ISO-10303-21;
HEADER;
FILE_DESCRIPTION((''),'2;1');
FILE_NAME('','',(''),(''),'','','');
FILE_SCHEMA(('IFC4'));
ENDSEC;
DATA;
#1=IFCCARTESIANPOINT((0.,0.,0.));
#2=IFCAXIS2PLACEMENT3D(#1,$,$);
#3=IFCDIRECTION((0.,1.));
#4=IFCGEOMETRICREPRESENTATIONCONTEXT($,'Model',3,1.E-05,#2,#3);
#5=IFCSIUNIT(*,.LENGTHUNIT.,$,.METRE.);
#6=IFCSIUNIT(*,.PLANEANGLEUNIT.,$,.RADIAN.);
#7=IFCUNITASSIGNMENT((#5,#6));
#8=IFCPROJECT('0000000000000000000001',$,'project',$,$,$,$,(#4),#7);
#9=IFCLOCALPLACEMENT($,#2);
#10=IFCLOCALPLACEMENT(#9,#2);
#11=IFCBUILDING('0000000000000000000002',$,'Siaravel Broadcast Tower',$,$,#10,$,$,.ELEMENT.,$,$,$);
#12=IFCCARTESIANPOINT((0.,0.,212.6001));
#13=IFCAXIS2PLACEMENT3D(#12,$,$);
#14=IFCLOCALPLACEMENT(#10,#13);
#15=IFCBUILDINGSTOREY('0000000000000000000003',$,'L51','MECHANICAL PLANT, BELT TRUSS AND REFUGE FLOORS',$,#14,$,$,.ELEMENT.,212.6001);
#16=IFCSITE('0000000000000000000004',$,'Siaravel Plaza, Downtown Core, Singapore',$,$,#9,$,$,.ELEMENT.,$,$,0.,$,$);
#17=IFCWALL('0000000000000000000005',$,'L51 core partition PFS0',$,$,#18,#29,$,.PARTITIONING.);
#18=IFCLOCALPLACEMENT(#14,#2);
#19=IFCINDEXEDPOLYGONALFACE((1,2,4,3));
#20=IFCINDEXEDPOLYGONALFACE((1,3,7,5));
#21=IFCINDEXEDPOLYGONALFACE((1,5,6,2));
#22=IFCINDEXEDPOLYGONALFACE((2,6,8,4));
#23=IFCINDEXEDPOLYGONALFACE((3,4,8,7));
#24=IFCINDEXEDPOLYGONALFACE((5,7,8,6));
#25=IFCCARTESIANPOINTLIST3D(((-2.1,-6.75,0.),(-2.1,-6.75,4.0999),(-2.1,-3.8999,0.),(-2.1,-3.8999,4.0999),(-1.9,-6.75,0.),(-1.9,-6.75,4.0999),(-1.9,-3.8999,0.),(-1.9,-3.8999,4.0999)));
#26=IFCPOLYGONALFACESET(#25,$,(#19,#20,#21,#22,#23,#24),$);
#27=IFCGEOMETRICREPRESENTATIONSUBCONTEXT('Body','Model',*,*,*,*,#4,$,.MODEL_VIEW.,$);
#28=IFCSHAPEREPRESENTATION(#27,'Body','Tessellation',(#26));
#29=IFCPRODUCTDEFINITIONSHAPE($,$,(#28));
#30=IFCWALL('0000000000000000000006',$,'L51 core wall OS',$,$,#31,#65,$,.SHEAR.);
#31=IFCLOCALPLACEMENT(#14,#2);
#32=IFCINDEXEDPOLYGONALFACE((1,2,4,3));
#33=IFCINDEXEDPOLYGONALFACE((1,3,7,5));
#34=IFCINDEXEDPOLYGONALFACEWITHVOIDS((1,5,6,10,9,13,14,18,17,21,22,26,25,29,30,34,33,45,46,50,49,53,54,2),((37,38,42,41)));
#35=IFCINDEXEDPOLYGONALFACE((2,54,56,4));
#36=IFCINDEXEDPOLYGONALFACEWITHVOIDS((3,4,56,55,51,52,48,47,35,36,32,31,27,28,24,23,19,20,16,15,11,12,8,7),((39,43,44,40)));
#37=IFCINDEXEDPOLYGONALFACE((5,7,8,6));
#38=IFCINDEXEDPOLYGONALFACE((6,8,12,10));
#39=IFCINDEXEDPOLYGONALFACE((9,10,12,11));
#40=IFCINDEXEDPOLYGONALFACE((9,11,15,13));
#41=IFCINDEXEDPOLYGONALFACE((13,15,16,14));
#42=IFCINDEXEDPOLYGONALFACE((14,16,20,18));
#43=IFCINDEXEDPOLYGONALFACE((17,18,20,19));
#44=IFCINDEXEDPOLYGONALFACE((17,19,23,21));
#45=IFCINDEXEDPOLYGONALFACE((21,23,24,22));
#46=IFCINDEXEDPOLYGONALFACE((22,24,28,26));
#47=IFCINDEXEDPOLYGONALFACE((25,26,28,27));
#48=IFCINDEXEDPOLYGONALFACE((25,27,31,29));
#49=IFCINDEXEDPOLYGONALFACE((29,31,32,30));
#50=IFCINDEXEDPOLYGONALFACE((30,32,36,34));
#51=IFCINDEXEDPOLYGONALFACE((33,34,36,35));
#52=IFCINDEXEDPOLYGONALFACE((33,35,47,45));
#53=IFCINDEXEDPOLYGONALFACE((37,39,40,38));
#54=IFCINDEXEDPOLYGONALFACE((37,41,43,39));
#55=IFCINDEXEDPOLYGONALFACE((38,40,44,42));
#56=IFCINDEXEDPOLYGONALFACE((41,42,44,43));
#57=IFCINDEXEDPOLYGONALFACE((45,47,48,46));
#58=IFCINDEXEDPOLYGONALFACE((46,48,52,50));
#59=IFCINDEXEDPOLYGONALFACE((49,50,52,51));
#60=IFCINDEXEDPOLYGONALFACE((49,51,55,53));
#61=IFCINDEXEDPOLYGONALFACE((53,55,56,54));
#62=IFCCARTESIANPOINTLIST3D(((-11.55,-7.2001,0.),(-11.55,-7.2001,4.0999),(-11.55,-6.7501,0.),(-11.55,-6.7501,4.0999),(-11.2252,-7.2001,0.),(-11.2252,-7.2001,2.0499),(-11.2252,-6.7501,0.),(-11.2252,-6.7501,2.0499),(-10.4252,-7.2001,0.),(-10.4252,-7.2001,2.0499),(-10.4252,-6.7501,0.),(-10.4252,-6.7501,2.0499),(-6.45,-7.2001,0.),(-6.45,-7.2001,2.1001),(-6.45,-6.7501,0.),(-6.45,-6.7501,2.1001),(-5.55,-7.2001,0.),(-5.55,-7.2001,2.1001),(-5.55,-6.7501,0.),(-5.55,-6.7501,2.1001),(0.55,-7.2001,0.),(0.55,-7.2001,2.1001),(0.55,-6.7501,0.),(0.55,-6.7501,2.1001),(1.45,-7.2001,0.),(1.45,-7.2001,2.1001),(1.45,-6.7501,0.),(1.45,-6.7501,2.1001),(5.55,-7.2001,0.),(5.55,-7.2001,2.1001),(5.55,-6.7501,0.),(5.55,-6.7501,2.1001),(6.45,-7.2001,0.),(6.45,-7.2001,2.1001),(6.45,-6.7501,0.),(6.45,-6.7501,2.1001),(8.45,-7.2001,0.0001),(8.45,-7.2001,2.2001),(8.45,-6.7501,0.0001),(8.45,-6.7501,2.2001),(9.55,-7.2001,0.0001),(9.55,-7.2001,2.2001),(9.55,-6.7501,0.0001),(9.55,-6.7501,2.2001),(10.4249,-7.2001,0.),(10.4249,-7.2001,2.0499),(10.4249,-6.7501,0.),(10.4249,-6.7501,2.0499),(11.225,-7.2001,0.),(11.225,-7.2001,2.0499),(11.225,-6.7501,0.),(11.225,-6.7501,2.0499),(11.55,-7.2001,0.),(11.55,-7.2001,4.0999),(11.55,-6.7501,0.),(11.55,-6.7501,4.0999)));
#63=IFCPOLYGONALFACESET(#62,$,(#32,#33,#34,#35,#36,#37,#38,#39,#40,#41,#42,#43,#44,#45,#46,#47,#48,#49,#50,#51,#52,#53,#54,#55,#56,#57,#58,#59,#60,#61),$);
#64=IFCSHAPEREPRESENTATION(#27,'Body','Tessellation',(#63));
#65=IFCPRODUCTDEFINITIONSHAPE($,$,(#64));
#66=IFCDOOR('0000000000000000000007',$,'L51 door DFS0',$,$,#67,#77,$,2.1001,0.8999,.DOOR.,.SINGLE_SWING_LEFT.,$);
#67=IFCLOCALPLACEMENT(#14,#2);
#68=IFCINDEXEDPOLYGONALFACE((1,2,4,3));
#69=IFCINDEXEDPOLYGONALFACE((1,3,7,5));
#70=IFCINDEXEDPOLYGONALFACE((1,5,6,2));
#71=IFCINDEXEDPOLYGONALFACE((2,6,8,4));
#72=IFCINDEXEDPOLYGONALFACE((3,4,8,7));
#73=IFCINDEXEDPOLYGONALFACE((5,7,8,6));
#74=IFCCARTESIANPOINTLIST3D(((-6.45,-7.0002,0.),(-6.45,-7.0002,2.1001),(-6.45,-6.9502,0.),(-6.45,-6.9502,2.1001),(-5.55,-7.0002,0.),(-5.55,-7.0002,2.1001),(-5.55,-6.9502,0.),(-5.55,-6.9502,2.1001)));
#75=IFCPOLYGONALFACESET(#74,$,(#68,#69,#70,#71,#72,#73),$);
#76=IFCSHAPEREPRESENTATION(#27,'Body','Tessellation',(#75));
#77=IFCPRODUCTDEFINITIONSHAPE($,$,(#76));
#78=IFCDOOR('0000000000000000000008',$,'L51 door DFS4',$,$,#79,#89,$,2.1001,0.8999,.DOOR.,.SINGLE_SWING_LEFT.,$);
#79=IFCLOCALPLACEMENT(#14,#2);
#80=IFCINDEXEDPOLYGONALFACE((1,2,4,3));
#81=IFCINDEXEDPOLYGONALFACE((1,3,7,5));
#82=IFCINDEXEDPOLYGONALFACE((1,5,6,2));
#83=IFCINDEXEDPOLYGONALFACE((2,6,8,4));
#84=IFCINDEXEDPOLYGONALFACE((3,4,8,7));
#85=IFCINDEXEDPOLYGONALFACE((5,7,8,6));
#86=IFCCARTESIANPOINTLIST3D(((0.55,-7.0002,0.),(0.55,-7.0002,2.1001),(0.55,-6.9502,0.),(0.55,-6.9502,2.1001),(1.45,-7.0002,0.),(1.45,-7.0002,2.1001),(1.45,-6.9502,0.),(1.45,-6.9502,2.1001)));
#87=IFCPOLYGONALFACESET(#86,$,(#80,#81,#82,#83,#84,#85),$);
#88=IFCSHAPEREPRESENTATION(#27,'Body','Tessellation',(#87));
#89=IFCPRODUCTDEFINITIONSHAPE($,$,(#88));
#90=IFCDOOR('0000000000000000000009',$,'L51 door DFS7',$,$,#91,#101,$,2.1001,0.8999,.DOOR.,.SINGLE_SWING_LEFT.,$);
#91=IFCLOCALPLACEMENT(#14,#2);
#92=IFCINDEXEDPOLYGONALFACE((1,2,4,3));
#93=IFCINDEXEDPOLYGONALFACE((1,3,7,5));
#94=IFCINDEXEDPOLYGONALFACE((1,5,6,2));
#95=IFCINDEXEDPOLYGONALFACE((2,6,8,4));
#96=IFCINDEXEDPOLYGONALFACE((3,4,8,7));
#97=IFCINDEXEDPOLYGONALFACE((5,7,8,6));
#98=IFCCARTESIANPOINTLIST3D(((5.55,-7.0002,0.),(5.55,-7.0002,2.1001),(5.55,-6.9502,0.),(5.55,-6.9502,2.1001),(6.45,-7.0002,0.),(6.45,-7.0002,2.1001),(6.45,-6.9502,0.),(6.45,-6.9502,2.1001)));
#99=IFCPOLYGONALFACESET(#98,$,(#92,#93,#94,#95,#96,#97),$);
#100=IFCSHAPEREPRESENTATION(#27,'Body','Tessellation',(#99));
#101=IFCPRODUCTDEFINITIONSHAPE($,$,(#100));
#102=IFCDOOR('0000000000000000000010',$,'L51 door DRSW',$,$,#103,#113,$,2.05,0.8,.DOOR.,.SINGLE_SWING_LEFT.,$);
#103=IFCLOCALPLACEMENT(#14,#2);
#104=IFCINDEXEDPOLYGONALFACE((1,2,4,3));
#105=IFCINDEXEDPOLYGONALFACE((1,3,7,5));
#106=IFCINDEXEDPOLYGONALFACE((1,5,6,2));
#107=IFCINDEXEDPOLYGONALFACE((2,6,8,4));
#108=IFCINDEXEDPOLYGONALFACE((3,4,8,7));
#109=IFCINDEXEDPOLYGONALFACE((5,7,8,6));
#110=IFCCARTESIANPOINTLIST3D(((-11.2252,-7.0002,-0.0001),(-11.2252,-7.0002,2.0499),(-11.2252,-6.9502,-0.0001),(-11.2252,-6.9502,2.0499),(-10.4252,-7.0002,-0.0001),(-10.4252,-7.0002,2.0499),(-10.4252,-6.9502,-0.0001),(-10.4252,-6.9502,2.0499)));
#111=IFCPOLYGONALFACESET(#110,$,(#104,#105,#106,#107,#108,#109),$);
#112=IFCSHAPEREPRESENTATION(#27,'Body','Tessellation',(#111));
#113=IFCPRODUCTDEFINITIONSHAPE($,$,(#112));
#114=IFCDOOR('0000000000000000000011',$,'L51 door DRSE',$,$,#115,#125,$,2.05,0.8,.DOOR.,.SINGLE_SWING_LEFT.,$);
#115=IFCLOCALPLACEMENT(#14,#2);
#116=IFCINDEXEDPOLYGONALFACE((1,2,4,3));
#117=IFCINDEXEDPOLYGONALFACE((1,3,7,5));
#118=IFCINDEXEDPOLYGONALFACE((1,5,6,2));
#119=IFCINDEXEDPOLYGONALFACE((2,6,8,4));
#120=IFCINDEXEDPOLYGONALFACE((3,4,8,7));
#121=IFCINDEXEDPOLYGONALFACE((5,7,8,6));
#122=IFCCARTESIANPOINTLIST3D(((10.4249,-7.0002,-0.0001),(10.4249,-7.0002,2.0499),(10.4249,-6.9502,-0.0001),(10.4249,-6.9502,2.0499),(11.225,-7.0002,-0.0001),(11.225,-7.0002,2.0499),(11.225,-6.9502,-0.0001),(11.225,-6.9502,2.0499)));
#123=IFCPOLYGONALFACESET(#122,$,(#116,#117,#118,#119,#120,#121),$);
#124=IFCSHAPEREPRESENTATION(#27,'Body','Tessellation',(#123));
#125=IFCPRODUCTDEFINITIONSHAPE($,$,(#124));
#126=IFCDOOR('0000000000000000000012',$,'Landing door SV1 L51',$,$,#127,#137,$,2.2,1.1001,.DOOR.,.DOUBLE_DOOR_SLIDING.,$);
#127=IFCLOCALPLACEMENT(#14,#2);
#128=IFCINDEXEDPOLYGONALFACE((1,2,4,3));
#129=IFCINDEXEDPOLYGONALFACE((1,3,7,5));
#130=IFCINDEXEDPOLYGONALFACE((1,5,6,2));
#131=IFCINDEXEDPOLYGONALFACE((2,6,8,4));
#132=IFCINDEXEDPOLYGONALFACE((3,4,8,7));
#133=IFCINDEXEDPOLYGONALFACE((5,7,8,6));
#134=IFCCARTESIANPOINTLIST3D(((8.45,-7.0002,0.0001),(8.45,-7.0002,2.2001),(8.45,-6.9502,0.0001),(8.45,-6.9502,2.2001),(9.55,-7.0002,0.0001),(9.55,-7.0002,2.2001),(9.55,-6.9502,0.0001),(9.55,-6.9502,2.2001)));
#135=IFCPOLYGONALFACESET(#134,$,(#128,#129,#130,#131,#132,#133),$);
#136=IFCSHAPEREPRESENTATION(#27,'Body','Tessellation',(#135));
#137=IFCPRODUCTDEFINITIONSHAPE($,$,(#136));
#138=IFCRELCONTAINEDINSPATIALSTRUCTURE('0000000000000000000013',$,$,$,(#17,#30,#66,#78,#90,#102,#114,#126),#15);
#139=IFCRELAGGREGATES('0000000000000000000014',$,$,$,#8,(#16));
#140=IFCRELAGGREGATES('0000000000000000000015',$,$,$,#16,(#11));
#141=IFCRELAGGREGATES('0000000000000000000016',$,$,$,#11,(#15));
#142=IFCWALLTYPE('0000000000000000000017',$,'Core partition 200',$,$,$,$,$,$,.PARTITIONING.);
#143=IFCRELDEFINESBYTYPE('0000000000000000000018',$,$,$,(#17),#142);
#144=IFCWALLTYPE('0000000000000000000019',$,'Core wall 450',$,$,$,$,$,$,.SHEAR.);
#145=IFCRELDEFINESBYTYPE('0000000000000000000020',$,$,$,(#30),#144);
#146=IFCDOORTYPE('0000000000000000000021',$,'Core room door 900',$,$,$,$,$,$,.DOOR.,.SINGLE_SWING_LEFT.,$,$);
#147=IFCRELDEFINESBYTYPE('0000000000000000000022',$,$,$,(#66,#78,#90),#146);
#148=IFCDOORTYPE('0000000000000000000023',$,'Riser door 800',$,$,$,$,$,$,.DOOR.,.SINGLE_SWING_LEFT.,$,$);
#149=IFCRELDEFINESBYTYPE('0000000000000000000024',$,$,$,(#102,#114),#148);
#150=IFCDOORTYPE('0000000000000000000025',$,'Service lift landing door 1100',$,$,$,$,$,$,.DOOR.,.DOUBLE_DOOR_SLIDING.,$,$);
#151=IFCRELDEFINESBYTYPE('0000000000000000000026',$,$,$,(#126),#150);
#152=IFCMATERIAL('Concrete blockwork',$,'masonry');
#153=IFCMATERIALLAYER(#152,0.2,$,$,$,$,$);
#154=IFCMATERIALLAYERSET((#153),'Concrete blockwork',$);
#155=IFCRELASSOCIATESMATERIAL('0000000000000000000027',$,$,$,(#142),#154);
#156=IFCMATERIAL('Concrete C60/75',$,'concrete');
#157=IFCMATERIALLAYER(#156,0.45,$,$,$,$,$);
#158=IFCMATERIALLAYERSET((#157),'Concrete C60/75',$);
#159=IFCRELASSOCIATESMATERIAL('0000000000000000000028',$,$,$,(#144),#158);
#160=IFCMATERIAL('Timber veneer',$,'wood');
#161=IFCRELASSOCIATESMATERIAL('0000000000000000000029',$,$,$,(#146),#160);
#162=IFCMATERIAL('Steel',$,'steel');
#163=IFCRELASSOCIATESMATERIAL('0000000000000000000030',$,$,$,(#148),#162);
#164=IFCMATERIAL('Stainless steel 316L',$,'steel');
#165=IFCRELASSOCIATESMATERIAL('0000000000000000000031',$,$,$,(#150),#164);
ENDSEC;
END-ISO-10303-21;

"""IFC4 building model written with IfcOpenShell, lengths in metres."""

from ifc_helpers import new_model, si_unit, direction, frame, frame_2d, origin, place, context, subcontext, project, spatial, rectangle, extrude, material, layer, layer_set, type_object, element, fill, save


model = new_model("IFC4")

# Units and contexts
model_context = context("Model", 3, precision=1e-05, world=origin(), true_north=direction((0.0, 1.0)))
body_context = subcontext(model_context, "Body", "Model", "MODEL_VIEW")
ifc_project = project(units=[si_unit("LENGTHUNIT", "METRE"), si_unit("PLANEANGLEUNIT", "RADIAN")], contexts=[model_context])

# Site, building, storey
site_placement = place(None, origin())
site = spatial("IfcSite", under=ifc_project, at=site_placement, Name="Siaravel Plaza, Downtown Core, Singapore", CompositionType="ELEMENT", RefElevation=0.0)
building_placement = place(site_placement, origin())
building = spatial("IfcBuilding", under=site, at=building_placement, Name="Siaravel Broadcast Tower", CompositionType="ELEMENT")
storey_placement = place(building_placement, frame((0.0, 0.0, 212.6001)))
storey = spatial("IfcBuildingStorey", under=building, at=storey_placement, Name="L51", Description="MECHANICAL PLANT, BELT TRUSS AND REFUGE FLOORS", CompositionType="ELEMENT", Elevation=212.6001)

# Shared definitions
ifc_material_1 = material(Name="Concrete C60/75", Category="concrete")

# Wall
ifc_material_2 = material(Name="Concrete blockwork", Category="masonry")
ifc_layer_1 = layer(ifc_material_2, 0.2)
ifc_layer_set_1 = layer_set([ifc_layer_1], Name="Concrete blockwork")
wall_type_1 = type_object("IfcWallType", Name="Core partition 200", PredefinedType="PARTITIONING", material=ifc_layer_set_1)
wall_1_placement = place(storey_placement, frame((-2.0, -6.75, 0.0), z_axis=(0.0, 0.0, 1.0), x_axis=(0.0, 1.0, 0.0)))
element("IfcWall", 1, at=wall_1_placement, inside=storey, type_object=wall_type_1, Name="L51 core partition PFS0", PredefinedType="PARTITIONING", context=body_context, shape_type="SweptSolid", body=[
    extrude(rectangle(XDim=2.8501, YDim=0.2, at=frame_2d((1.425, 0.0))), origin(), (0.0, 0.0, 1.0), 4.0999),
])

# Wall, openings, doors
ifc_layer_2 = layer(ifc_material_1, 0.45)
ifc_layer_set_2 = layer_set([ifc_layer_2], Name="Concrete C60/75")
wall_type_2 = type_object("IfcWallType", Name="Core wall 450", PredefinedType="SHEAR", material=ifc_layer_set_2)
wall_2_placement = place(storey_placement, frame((-11.55, -6.9751, 0.0), z_axis=(0.0, 0.0, 1.0), x_axis=(1.0, 0.0, 0.0)))
wall_2 = element("IfcWall", 2, at=wall_2_placement, inside=storey, type_object=wall_type_2, Name="L51 core wall OS", PredefinedType="SHEAR", context=body_context, shape_type="SweptSolid", body=[
    extrude(rectangle(XDim=23.1001, YDim=0.45, at=frame_2d((11.55, 0.0))), origin(), (0.0, 0.0, 1.0), 4.0999),
])
opening_1_placement = place(wall_2_placement, frame((20.0, 0.0, 0.0)))
opening_1 = element("IfcOpeningElement", 3, at=opening_1_placement, cuts=wall_2, PredefinedType="OPENING", context=body_context, shape_type="SweptSolid", body=[
    extrude(rectangle(XDim=1.1001, YDim=2.2, at=frame_2d((0.55, 1.1001))), frame((0.0, 0.2349, 0.0), z_axis=(0.0, -1.0, 0.0), x_axis=(1.0, 0.0, 0.0)), (0.0, 0.0, 1.0), 0.47),
])
opening_2_placement = place(wall_2_placement, frame((5.1001, 0.0, 0.0)))
opening_2 = element("IfcOpeningElement", 4, at=opening_2_placement, cuts=wall_2, PredefinedType="OPENING", context=body_context, shape_type="SweptSolid", body=[
    extrude(rectangle(XDim=0.8999, YDim=2.1001, at=frame_2d((0.45, 1.05))), frame((0.0, 0.2349, 0.0), z_axis=(0.0, -1.0, 0.0), x_axis=(1.0, 0.0, 0.0)), (0.0, 0.0, 1.0), 0.47),
])
opening_3_placement = place(wall_2_placement, frame((12.1001, 0.0, 0.0)))
opening_3 = element("IfcOpeningElement", 5, at=opening_3_placement, cuts=wall_2, PredefinedType="OPENING", context=body_context, shape_type="SweptSolid", body=[
    extrude(rectangle(XDim=0.8999, YDim=2.1001, at=frame_2d((0.45, 1.05))), frame((0.0, 0.2349, 0.0), z_axis=(0.0, -1.0, 0.0), x_axis=(1.0, 0.0, 0.0)), (0.0, 0.0, 1.0), 0.47),
])
opening_4_placement = place(wall_2_placement, frame((17.1001, 0.0, 0.0)))
opening_4 = element("IfcOpeningElement", 6, at=opening_4_placement, cuts=wall_2, PredefinedType="OPENING", context=body_context, shape_type="SweptSolid", body=[
    extrude(rectangle(XDim=0.8999, YDim=2.1001, at=frame_2d((0.45, 1.05))), frame((0.0, 0.2349, 0.0), z_axis=(0.0, -1.0, 0.0), x_axis=(1.0, 0.0, 0.0)), (0.0, 0.0, 1.0), 0.47),
])
opening_5_placement = place(wall_2_placement, frame((0.325, 0.0, 0.0)))
opening_5 = element("IfcOpeningElement", 7, at=opening_5_placement, cuts=wall_2, PredefinedType="OPENING", context=body_context, shape_type="SweptSolid", body=[
    extrude(rectangle(XDim=0.8, YDim=2.05, at=frame_2d((0.3999, 1.0249))), frame((0.0, 0.2349, 0.0), z_axis=(0.0, -1.0, 0.0), x_axis=(1.0, 0.0, 0.0)), (0.0, 0.0, 1.0), 0.47),
])
opening_6_placement = place(wall_2_placement, frame((21.9751, 0.0, 0.0)))
opening_6 = element("IfcOpeningElement", 8, at=opening_6_placement, cuts=wall_2, PredefinedType="OPENING", context=body_context, shape_type="SweptSolid", body=[
    extrude(rectangle(XDim=0.8, YDim=2.05, at=frame_2d((0.3999, 1.0249))), frame((0.0, 0.2349, 0.0), z_axis=(0.0, -1.0, 0.0), x_axis=(1.0, 0.0, 0.0)), (0.0, 0.0, 1.0), 0.47),
])
ifc_material_3 = material(Name="Timber veneer", Category="wood")
door_type_1 = type_object("IfcDoorType", Name="Core room door 900", OperationType="SINGLE_SWING_LEFT", PredefinedType="DOOR", material=ifc_material_3)
door_1_placement = place(opening_2_placement, origin())
door_1 = element("IfcDoor", 9, at=door_1_placement, inside=storey, type_object=door_type_1, Name="L51 door DFS0", OperationType="SINGLE_SWING_LEFT", OverallHeight=2.1001, OverallWidth=0.8999, PredefinedType="DOOR", context=body_context, shape_type="SweptSolid", body=[
    extrude(rectangle(XDim=0.8999, YDim=2.1001, at=frame_2d((0.45, 1.05))), frame((0.0, 0.0249, 0.0), z_axis=(0.0, -1.0, 0.0), x_axis=(1.0, 0.0, 0.0)), (0.0, 0.0, 1.0), 0.05),
])
fill(opening_2, door_1)
door_2_placement = place(opening_3_placement, origin())
door_2 = element("IfcDoor", 10, at=door_2_placement, inside=storey, type_object=door_type_1, Name="L51 door DFS4", OperationType="SINGLE_SWING_LEFT", OverallHeight=2.1001, OverallWidth=0.8999, PredefinedType="DOOR", context=body_context, shape_type="SweptSolid", body=[
    extrude(rectangle(XDim=0.8999, YDim=2.1001, at=frame_2d((0.45, 1.05))), frame((0.0, 0.0249, 0.0), z_axis=(0.0, -1.0, 0.0), x_axis=(1.0, 0.0, 0.0)), (0.0, 0.0, 1.0), 0.05),
])
fill(opening_3, door_2)
door_3_placement = place(opening_4_placement, origin())
door_3 = element("IfcDoor", 11, at=door_3_placement, inside=storey, type_object=door_type_1, Name="L51 door DFS7", OperationType="SINGLE_SWING_LEFT", OverallHeight=2.1001, OverallWidth=0.8999, PredefinedType="DOOR", context=body_context, shape_type="SweptSolid", body=[
    extrude(rectangle(XDim=0.8999, YDim=2.1001, at=frame_2d((0.45, 1.05))), frame((0.0, 0.0249, 0.0), z_axis=(0.0, -1.0, 0.0), x_axis=(1.0, 0.0, 0.0)), (0.0, 0.0, 1.0), 0.05),
])
fill(opening_4, door_3)
ifc_material_4 = material(Name="Steel", Category="steel")
door_type_2 = type_object("IfcDoorType", Name="Riser door 800", OperationType="SINGLE_SWING_LEFT", PredefinedType="DOOR", material=ifc_material_4)
door_4_placement = place(opening_5_placement, origin())
door_4 = element("IfcDoor", 12, at=door_4_placement, inside=storey, type_object=door_type_2, Name="L51 door DRSW", OperationType="SINGLE_SWING_LEFT", OverallHeight=2.05, OverallWidth=0.8, PredefinedType="DOOR", context=body_context, shape_type="SweptSolid", body=[
    extrude(rectangle(XDim=0.8, YDim=2.05, at=frame_2d((0.3999, 1.0249))), frame((0.0, 0.0249, 0.0), z_axis=(0.0, -1.0, 0.0), x_axis=(1.0, 0.0, 0.0)), (0.0, 0.0, 1.0), 0.05),
])
fill(opening_5, door_4)
door_5_placement = place(opening_6_placement, origin())
door_5 = element("IfcDoor", 13, at=door_5_placement, inside=storey, type_object=door_type_2, Name="L51 door DRSE", OperationType="SINGLE_SWING_LEFT", OverallHeight=2.05, OverallWidth=0.8, PredefinedType="DOOR", context=body_context, shape_type="SweptSolid", body=[
    extrude(rectangle(XDim=0.8, YDim=2.05, at=frame_2d((0.3999, 1.0249))), frame((0.0, 0.0249, 0.0), z_axis=(0.0, -1.0, 0.0), x_axis=(1.0, 0.0, 0.0)), (0.0, 0.0, 1.0), 0.05),
])
fill(opening_6, door_5)
ifc_material_5 = material(Name="Stainless steel 316L", Category="steel")
door_type_3 = type_object("IfcDoorType", Name="Service lift landing door 1100", OperationType="DOUBLE_DOOR_SLIDING", PredefinedType="DOOR", material=ifc_material_5)
door_6_placement = place(opening_1_placement, origin())
door_6 = element("IfcDoor", 14, at=door_6_placement, inside=storey, type_object=door_type_3, Name="Landing door SV1 L51", OperationType="DOUBLE_DOOR_SLIDING", OverallHeight=2.2, OverallWidth=1.1001, PredefinedType="DOOR", context=body_context, shape_type="SweptSolid", body=[
    extrude(rectangle(XDim=1.1001, YDim=2.2, at=frame_2d((0.55, 1.1001))), frame((0.0, 0.0249, 0.0), z_axis=(0.0, -1.0, 0.0), x_axis=(1.0, 0.0, 0.0)), (0.0, 0.0, 1.0), 0.05),
])
fill(opening_1, door_6)

save(model, "model.ifc")
